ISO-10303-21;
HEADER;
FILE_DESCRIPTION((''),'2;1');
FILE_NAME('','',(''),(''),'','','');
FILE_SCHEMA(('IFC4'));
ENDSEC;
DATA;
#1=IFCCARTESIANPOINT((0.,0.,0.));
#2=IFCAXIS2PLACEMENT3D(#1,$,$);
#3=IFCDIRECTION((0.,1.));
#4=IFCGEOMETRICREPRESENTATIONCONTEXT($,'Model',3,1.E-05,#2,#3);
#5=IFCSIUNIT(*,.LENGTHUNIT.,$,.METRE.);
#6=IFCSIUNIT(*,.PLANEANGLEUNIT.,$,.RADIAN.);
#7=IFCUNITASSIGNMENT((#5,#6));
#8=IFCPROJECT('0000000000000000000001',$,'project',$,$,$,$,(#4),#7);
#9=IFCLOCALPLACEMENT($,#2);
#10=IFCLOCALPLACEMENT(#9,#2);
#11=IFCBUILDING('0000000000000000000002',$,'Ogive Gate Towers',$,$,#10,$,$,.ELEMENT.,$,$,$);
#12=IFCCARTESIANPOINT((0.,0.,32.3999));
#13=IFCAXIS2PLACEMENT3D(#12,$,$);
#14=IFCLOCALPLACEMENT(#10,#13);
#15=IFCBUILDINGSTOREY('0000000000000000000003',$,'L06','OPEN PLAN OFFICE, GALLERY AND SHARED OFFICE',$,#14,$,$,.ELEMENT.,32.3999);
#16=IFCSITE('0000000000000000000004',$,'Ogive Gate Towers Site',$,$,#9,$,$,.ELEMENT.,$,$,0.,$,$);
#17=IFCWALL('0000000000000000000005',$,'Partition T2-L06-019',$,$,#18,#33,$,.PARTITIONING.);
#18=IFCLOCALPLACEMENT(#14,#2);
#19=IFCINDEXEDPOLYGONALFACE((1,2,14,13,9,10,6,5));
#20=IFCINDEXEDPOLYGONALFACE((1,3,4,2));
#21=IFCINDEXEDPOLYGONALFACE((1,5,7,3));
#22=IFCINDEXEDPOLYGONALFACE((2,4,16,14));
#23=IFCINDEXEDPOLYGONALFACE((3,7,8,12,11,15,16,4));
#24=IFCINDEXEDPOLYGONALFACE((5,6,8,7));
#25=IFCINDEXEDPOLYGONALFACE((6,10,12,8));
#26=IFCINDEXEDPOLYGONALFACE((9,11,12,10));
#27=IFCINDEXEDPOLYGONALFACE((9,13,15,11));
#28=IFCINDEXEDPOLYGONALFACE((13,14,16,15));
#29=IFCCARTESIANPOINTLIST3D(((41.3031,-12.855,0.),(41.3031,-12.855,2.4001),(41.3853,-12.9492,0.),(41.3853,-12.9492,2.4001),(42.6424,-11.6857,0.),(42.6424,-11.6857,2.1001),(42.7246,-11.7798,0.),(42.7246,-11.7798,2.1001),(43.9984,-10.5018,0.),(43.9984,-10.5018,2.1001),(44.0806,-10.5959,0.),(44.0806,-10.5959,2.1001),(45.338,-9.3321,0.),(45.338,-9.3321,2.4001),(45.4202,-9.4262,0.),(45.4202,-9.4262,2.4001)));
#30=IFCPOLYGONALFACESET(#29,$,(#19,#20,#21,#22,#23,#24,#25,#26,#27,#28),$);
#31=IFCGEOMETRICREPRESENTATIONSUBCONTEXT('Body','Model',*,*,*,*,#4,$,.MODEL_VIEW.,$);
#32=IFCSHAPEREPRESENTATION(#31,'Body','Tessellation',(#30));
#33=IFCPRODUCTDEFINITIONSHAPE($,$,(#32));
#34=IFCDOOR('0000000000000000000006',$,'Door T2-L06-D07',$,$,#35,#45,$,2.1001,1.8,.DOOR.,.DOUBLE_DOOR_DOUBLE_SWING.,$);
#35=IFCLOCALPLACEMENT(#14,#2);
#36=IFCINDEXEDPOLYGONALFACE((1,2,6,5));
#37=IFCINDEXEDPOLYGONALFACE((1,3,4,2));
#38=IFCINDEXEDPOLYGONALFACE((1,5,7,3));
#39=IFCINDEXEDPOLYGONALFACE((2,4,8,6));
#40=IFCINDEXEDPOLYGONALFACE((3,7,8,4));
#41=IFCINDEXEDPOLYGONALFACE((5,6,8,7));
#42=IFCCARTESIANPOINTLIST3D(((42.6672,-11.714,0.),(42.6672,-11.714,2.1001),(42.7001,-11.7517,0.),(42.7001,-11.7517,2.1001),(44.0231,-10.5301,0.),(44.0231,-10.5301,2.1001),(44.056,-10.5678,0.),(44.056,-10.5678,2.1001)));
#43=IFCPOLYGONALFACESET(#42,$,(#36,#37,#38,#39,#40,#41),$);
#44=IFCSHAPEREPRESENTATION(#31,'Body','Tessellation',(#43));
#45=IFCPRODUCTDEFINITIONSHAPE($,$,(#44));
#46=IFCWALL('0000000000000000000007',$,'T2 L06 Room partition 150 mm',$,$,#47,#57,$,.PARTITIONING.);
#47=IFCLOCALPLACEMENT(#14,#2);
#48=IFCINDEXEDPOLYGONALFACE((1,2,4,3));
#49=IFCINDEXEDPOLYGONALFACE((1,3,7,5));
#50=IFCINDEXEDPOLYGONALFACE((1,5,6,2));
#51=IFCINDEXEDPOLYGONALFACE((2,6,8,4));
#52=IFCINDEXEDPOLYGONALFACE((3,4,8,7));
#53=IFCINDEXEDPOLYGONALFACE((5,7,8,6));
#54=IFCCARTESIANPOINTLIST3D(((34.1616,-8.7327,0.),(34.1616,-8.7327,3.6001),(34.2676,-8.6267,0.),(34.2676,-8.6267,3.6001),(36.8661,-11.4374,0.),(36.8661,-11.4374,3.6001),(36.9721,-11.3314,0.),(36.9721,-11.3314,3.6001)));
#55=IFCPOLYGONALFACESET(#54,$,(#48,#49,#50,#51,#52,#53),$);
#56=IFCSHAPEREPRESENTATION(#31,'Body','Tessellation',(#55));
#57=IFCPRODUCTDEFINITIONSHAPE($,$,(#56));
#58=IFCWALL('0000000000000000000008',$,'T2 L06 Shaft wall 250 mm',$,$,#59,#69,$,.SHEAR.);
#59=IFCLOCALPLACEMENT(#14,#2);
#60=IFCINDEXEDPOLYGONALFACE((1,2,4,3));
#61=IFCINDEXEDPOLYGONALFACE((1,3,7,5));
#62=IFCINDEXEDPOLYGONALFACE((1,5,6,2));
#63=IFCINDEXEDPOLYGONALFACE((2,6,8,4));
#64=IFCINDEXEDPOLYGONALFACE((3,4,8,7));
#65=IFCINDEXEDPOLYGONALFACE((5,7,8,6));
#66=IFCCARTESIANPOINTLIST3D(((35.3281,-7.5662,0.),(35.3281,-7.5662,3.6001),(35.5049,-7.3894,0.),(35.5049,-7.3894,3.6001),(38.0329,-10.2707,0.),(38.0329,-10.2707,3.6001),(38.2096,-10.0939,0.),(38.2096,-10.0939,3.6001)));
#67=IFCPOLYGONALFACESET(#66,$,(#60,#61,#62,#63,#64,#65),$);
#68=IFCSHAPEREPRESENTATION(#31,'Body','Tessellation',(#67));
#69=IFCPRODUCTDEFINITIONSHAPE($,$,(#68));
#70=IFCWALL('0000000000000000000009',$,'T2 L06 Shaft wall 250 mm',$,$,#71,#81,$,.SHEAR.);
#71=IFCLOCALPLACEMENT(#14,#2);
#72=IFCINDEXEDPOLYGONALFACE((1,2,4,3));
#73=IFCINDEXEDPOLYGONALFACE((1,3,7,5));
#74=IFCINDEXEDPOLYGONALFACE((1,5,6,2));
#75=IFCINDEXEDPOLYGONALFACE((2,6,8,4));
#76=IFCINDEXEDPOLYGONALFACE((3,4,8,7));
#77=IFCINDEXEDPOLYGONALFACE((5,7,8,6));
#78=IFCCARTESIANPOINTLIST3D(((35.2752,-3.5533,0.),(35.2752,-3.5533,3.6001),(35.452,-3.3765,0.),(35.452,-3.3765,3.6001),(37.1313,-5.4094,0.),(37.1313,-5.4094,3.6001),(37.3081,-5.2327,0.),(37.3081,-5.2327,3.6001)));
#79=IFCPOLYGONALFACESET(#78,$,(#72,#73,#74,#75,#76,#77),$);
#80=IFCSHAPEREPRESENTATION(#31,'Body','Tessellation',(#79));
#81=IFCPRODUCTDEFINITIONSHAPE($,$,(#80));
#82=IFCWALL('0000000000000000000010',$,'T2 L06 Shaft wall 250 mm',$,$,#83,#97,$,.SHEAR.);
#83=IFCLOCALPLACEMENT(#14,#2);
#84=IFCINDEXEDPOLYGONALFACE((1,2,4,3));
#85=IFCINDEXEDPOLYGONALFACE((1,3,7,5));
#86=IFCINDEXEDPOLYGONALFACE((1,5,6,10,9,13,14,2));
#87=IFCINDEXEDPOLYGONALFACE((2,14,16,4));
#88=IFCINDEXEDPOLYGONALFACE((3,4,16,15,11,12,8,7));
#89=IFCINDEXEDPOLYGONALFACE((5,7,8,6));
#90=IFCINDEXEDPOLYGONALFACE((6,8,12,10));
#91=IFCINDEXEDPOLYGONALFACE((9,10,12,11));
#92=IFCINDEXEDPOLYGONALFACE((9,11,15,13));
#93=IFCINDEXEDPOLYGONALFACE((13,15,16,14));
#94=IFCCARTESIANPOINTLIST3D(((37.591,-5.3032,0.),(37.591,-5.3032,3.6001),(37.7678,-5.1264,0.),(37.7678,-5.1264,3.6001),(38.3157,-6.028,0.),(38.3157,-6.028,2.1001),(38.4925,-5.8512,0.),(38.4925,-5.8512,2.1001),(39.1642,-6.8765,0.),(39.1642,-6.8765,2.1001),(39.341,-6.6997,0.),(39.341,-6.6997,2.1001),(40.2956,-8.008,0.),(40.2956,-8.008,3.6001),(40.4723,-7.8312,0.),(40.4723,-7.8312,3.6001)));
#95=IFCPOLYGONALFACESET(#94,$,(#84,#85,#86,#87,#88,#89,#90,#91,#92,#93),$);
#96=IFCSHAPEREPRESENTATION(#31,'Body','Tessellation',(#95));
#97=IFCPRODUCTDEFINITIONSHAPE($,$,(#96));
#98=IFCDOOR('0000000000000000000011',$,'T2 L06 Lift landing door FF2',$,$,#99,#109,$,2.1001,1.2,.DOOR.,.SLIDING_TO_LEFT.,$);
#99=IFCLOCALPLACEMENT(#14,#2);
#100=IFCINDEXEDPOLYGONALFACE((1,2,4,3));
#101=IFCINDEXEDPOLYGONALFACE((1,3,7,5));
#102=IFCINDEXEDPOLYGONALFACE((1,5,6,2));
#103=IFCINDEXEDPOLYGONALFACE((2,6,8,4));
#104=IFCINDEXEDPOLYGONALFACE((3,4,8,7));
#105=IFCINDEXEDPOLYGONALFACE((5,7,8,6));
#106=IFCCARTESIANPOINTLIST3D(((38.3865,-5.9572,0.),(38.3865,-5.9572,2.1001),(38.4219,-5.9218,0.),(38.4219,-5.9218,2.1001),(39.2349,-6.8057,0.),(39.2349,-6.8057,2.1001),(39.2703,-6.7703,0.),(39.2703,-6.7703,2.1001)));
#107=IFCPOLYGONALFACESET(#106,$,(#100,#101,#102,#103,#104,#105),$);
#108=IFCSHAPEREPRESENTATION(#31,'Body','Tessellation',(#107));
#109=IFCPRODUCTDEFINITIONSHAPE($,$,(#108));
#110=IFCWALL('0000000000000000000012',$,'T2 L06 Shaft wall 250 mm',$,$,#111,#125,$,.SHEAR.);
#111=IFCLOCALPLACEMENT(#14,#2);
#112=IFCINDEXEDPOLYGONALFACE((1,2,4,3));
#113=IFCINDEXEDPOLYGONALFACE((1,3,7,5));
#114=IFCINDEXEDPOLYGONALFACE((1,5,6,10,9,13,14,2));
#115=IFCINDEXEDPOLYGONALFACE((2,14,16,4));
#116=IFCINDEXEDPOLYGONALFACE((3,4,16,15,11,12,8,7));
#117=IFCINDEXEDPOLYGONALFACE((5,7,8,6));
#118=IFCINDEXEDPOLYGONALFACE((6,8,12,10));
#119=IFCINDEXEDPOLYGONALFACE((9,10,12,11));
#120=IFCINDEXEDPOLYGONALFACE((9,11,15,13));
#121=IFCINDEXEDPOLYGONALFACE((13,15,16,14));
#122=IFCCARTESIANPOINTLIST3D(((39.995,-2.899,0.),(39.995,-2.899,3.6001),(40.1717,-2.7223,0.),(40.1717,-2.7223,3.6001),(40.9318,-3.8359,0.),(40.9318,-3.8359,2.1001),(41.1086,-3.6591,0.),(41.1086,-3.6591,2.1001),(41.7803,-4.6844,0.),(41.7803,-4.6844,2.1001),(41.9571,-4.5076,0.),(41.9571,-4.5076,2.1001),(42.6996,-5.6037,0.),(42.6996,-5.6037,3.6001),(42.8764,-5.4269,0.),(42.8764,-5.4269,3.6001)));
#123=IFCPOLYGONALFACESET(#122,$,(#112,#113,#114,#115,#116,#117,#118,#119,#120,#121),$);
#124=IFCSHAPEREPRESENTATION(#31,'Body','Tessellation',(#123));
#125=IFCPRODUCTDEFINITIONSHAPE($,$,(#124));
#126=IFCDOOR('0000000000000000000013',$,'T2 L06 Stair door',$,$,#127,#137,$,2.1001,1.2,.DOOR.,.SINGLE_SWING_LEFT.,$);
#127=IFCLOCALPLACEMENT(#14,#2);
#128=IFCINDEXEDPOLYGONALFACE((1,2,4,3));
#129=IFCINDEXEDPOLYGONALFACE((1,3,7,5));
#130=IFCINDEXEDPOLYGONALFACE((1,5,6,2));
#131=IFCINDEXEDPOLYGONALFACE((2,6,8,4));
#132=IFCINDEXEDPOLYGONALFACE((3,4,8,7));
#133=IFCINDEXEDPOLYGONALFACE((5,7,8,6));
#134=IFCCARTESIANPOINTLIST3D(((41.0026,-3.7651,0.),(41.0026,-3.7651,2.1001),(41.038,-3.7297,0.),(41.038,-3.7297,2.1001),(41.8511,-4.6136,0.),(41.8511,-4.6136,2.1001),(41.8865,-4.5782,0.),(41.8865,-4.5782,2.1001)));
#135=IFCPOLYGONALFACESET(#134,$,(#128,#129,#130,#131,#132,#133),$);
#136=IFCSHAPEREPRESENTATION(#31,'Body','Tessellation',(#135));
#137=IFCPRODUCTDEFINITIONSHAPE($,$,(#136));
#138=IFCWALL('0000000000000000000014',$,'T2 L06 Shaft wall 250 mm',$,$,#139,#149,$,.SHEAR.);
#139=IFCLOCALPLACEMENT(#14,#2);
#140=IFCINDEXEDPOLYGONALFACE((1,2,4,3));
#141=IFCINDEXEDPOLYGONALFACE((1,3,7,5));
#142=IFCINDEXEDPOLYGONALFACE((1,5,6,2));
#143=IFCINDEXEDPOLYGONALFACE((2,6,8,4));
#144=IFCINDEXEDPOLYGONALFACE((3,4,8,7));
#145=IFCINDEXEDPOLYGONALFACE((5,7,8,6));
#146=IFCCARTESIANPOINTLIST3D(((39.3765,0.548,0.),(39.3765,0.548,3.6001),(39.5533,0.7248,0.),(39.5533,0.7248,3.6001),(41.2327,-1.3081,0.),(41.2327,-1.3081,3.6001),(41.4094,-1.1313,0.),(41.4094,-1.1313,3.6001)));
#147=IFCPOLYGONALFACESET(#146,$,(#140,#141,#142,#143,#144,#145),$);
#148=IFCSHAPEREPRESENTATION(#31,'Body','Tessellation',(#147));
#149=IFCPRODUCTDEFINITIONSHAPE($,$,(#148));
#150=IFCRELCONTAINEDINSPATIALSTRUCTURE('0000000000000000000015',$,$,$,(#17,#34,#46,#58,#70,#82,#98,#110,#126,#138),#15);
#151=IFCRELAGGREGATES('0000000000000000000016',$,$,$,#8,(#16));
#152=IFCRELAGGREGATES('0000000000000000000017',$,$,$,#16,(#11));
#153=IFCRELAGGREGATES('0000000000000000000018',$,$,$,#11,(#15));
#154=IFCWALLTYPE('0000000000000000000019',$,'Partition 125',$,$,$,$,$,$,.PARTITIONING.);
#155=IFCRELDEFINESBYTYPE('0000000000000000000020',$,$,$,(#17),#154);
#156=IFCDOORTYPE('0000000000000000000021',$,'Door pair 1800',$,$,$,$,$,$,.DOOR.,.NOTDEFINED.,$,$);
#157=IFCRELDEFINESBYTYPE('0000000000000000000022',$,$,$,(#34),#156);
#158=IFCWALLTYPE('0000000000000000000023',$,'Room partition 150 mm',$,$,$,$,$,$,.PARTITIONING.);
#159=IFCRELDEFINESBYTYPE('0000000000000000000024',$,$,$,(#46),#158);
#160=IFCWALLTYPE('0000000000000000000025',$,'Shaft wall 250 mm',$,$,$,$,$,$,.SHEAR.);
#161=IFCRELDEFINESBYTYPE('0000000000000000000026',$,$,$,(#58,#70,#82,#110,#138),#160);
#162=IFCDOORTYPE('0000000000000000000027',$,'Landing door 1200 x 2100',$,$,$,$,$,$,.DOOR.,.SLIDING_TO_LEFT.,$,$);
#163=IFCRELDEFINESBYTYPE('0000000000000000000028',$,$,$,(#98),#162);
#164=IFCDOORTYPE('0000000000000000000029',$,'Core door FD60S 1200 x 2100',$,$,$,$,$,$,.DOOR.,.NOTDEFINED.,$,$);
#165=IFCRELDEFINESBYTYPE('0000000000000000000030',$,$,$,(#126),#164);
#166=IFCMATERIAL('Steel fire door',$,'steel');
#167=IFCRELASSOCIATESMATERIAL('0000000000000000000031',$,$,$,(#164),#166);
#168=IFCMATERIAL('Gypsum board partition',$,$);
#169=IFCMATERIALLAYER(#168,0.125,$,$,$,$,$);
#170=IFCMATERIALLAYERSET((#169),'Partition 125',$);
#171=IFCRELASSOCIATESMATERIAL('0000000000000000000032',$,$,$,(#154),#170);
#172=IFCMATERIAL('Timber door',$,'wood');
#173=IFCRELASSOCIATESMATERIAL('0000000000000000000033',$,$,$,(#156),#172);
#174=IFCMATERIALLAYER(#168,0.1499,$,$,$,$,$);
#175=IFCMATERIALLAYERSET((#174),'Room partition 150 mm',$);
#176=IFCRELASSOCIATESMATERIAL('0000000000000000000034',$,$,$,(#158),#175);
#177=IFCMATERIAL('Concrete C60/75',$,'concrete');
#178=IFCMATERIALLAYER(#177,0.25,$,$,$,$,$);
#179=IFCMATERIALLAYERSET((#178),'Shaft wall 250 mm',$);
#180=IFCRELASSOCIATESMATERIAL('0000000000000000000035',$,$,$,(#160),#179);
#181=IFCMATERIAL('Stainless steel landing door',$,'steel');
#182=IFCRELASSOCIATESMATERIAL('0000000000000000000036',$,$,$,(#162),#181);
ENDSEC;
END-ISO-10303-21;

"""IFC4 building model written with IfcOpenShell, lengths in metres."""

from ifc_helpers import new_model, si_unit, direction, frame, frame_2d, origin, place, context, subcontext, project, spatial, rectangle, extrude, material, layer, layer_set, type_object, element, fill, save


model = new_model("IFC4")

# Units and contexts
model_context = context("Model", 3, precision=1e-05, world=origin(), true_north=direction((0.0, 1.0)))
body_context = subcontext(model_context, "Body", "Model", "MODEL_VIEW")
ifc_project = project(units=[si_unit("LENGTHUNIT", "METRE"), si_unit("PLANEANGLEUNIT", "RADIAN")], contexts=[model_context])

# Site, building, storey
site_placement = place(None, origin())
site = spatial("IfcSite", under=ifc_project, at=site_placement, Name="Ogive Gate Towers Site", CompositionType="ELEMENT", RefElevation=0.0)
building_placement = place(site_placement, origin())
building = spatial("IfcBuilding", under=site, at=building_placement, Name="Ogive Gate Towers", CompositionType="ELEMENT")
storey_placement = place(building_placement, frame((0.0, 0.0, 32.3999)))
storey = spatial("IfcBuildingStorey", under=building, at=storey_placement, Name="L06", Description="OPEN PLAN OFFICE, GALLERY AND SHARED OFFICE", CompositionType="ELEMENT", Elevation=32.3999)

# Shared definitions
ifc_material_1 = material(Name="Concrete C60/75", Category="concrete")
ifc_material_2 = material(Name="Timber door", Category="wood")
ifc_material_3 = material(Name="Steel fire door", Category="steel")
door_type_1 = type_object("IfcDoorType", Name="Core door FD60S 1200 x 2100", OperationType="NOTDEFINED", PredefinedType="DOOR", material=ifc_material_3)

# Wall, opening, door
ifc_material_4 = material(Name="Gypsum board partition")
ifc_layer_1 = layer(ifc_material_4, 0.125)
ifc_layer_set_1 = layer_set([ifc_layer_1], Name="Partition 125")
wall_type_1 = type_object("IfcWallType", Name="Partition 125", PredefinedType="PARTITIONING", material=ifc_layer_set_1)
wall_1_placement = place(storey_placement, frame((41.3442, -12.9021, 0.0), z_axis=(0.0, 0.0, 1.0), x_axis=(0.753279, 0.657701, 0.0)))
wall_1 = element("IfcWall", 1, at=wall_1_placement, inside=storey, type_object=wall_type_1, Name="Partition T2-L06-019", PredefinedType="PARTITIONING", context=body_context, shape_type="SweptSolid", body=[
    extrude(rectangle(XDim=5.3564, YDim=0.125, at=frame_2d((2.6782, 0.0))), origin(), (0.0, 0.0, 1.0), 2.4001),
])
opening_1_placement = place(wall_1_placement, frame((1.7781, 0.0, 0.0)))
opening_1 = element("IfcOpeningElement", 2, at=opening_1_placement, cuts=wall_1, PredefinedType="OPENING", context=body_context, shape_type="SweptSolid", body=[
    extrude(rectangle(XDim=1.8, YDim=2.1001, at=frame_2d((0.8999, 1.05))), frame((0.0, 0.0725, 0.0), z_axis=(0.0, -1.0, 0.0), x_axis=(1.0, 0.0, 0.0)), (0.0, 0.0, 1.0), 0.145),
])
door_type_2 = type_object("IfcDoorType", Name="Door pair 1800", OperationType="NOTDEFINED", PredefinedType="DOOR", material=ifc_material_2)
door_1_placement = place(opening_1_placement, origin())
door_1 = element("IfcDoor", 3, at=door_1_placement, inside=storey, type_object=door_type_2, Name="Door T2-L06-D07", OperationType="DOUBLE_DOOR_DOUBLE_SWING", OverallHeight=2.1001, OverallWidth=1.8, PredefinedType="DOOR", context=body_context, shape_type="SweptSolid", body=[
    extrude(rectangle(XDim=1.8, YDim=2.1001, at=frame_2d((0.8999, 1.05))), frame((0.0, 0.0249, 0.0), z_axis=(0.0, -1.0, 0.0), x_axis=(1.0, 0.0, 0.0)), (0.0, 0.0, 1.0), 0.05),
])
fill(opening_1, door_1)

# Walls
ifc_layer_2 = layer(ifc_material_4, 0.1499)
ifc_layer_set_2 = layer_set([ifc_layer_2], Name="Room partition 150 mm")
wall_type_2 = type_object("IfcWallType", Name="Room partition 150 mm", PredefinedType="PARTITIONING", material=ifc_layer_set_2)
wall_2_placement = place(storey_placement, frame((36.9192, -11.3845, 0.0), z_axis=(0.0, 0.0, 1.0), x_axis=(-0.707075, 0.707139, 0.0)))
element("IfcWall", 4, at=wall_2_placement, inside=storey, type_object=wall_type_2, Name="T2 L06 Room partition 150 mm", PredefinedType="PARTITIONING", context=body_context, shape_type="SweptSolid", body=[
    extrude(rectangle(XDim=3.825, YDim=0.1499, at=frame_2d((1.9126, 0.0))), origin(), (0.0, 0.0, 1.0), 3.6001),
])
ifc_layer_3 = layer(ifc_material_1, 0.25)
ifc_layer_set_3 = layer_set([ifc_layer_3], Name="Shaft wall 250 mm")
wall_type_3 = type_object("IfcWallType", Name="Shaft wall 250 mm", PredefinedType="SHEAR", material=ifc_layer_set_3)
wall_3_placement = place(storey_placement, frame((38.1213, -10.1824, 0.0), z_axis=(0.0, 0.0, 1.0), x_axis=(-0.707139, 0.707075, 0.0)))
element("IfcWall", 5, at=wall_3_placement, inside=storey, type_object=wall_type_3, Name="T2 L06 Shaft wall 250 mm", PredefinedType="SHEAR", context=body_context, shape_type="SweptSolid", body=[
    extrude(rectangle(XDim=3.825, YDim=0.25, at=frame_2d((1.9126, 0.0))), origin(), (0.0, 0.0, 1.0), 3.6001),
])
wall_4_placement = place(storey_placement, frame((37.2197, -5.321, 0.0), z_axis=(0.0, 0.0, 1.0), x_axis=(-0.707107, 0.707107, 0.0)))
element("IfcWall", 6, at=wall_4_placement, inside=storey, type_object=wall_type_3, Name="T2 L06 Shaft wall 250 mm", PredefinedType="SHEAR", context=body_context, shape_type="SweptSolid", body=[
    extrude(rectangle(XDim=2.625, YDim=0.25, at=frame_2d((1.3125, 0.0))), origin(), (0.0, 0.0, 1.0), 3.6001),
])

# Walls, openings, doors
wall_5_placement = place(storey_placement, frame((40.384, -7.9197, 0.0), z_axis=(0.0, 0.0, 1.0), x_axis=(-0.707075, 0.707139, 0.0)))
wall_5 = element("IfcWall", 7, at=wall_5_placement, inside=storey, type_object=wall_type_3, Name="T2 L06 Shaft wall 250 mm", PredefinedType="SHEAR", context=body_context, shape_type="SweptSolid", body=[
    extrude(rectangle(XDim=3.825, YDim=0.25, at=frame_2d((1.9126, 0.0))), origin(), (0.0, 0.0, 1.0), 3.6001),
])
opening_2_placement = place(wall_5_placement, frame((1.6001, 0.0, 0.0)))
opening_2 = element("IfcOpeningElement", 8, at=opening_2_placement, cuts=wall_5, PredefinedType="OPENING", context=body_context, shape_type="SweptSolid", body=[
    extrude(rectangle(XDim=1.2, YDim=2.1001, at=frame_2d((0.6001, 1.05))), frame((0.0, 0.135, 0.0), z_axis=(0.0, -1.0, 0.0), x_axis=(1.0, 0.0, 0.0)), (0.0, 0.0, 1.0), 0.27),
])
ifc_material_5 = material(Name="Stainless steel landing door", Category="steel")
door_type_3 = type_object("IfcDoorType", Name="Landing door 1200 x 2100", OperationType="SLIDING_TO_LEFT", PredefinedType="DOOR", material=ifc_material_5)
door_2_placement = place(opening_2_placement, origin())
door_2 = element("IfcDoor", 9, at=door_2_placement, inside=storey, type_object=door_type_3, Name="T2 L06 Lift landing door FF2", OperationType="SLIDING_TO_LEFT", OverallHeight=2.1001, OverallWidth=1.2, PredefinedType="DOOR", context=body_context, shape_type="SweptSolid", body=[
    extrude(rectangle(XDim=1.2, YDim=2.1001, at=frame_2d((0.6001, 1.05))), frame((0.0, 0.0249, 0.0), z_axis=(0.0, -1.0, 0.0), x_axis=(1.0, 0.0, 0.0)), (0.0, 0.0, 1.0), 0.05),
])
fill(opening_2, door_2)
wall_6_placement = place(storey_placement, frame((42.7881, -5.5154, 0.0), z_axis=(0.0, 0.0, 1.0), x_axis=(-0.707107, 0.707107, 0.0)))
wall_6 = element("IfcWall", 10, at=wall_6_placement, inside=storey, type_object=wall_type_3, Name="T2 L06 Shaft wall 250 mm", PredefinedType="SHEAR", context=body_context, shape_type="SweptSolid", body=[
    extrude(rectangle(XDim=3.825, YDim=0.25, at=frame_2d((1.9126, 0.0))), origin(), (0.0, 0.0, 1.0), 3.6001),
])
opening_3_placement = place(wall_6_placement, frame((1.3, 0.0, 0.0)))
opening_3 = element("IfcOpeningElement", 11, at=opening_3_placement, cuts=wall_6, PredefinedType="OPENING", context=body_context, shape_type="SweptSolid", body=[
    extrude(rectangle(XDim=1.2, YDim=2.1001, at=frame_2d((0.6001, 1.05))), frame((0.0, 0.135, 0.0), z_axis=(0.0, -1.0, 0.0), x_axis=(1.0, 0.0, 0.0)), (0.0, 0.0, 1.0), 0.27),
])
door_3_placement = place(opening_3_placement, origin())
door_3 = element("IfcDoor", 12, at=door_3_placement, inside=storey, type_object=door_type_1, Name="T2 L06 Stair door", OperationType="SINGLE_SWING_LEFT", OverallHeight=2.1001, OverallWidth=1.2, PredefinedType="DOOR", context=body_context, shape_type="SweptSolid", body=[
    extrude(rectangle(XDim=1.2, YDim=2.1001, at=frame_2d((0.6001, 1.05))), frame((0.0, 0.0249, 0.0), z_axis=(0.0, -1.0, 0.0), x_axis=(1.0, 0.0, 0.0)), (0.0, 0.0, 1.0), 0.05),
])
fill(opening_3, door_3)

# Wall
wall_7_placement = place(storey_placement, frame((41.321, -1.2197, 0.0), z_axis=(0.0, 0.0, 1.0), x_axis=(-0.707107, 0.707107, 0.0)))
element("IfcWall", 13, at=wall_7_placement, inside=storey, type_object=wall_type_3, Name="T2 L06 Shaft wall 250 mm", PredefinedType="SHEAR", context=body_context, shape_type="SweptSolid", body=[
    extrude(rectangle(XDim=2.625, YDim=0.25, at=frame_2d((1.3125, 0.0))), origin(), (0.0, 0.0, 1.0), 3.6001),
])

save(model, "model.ifc")
